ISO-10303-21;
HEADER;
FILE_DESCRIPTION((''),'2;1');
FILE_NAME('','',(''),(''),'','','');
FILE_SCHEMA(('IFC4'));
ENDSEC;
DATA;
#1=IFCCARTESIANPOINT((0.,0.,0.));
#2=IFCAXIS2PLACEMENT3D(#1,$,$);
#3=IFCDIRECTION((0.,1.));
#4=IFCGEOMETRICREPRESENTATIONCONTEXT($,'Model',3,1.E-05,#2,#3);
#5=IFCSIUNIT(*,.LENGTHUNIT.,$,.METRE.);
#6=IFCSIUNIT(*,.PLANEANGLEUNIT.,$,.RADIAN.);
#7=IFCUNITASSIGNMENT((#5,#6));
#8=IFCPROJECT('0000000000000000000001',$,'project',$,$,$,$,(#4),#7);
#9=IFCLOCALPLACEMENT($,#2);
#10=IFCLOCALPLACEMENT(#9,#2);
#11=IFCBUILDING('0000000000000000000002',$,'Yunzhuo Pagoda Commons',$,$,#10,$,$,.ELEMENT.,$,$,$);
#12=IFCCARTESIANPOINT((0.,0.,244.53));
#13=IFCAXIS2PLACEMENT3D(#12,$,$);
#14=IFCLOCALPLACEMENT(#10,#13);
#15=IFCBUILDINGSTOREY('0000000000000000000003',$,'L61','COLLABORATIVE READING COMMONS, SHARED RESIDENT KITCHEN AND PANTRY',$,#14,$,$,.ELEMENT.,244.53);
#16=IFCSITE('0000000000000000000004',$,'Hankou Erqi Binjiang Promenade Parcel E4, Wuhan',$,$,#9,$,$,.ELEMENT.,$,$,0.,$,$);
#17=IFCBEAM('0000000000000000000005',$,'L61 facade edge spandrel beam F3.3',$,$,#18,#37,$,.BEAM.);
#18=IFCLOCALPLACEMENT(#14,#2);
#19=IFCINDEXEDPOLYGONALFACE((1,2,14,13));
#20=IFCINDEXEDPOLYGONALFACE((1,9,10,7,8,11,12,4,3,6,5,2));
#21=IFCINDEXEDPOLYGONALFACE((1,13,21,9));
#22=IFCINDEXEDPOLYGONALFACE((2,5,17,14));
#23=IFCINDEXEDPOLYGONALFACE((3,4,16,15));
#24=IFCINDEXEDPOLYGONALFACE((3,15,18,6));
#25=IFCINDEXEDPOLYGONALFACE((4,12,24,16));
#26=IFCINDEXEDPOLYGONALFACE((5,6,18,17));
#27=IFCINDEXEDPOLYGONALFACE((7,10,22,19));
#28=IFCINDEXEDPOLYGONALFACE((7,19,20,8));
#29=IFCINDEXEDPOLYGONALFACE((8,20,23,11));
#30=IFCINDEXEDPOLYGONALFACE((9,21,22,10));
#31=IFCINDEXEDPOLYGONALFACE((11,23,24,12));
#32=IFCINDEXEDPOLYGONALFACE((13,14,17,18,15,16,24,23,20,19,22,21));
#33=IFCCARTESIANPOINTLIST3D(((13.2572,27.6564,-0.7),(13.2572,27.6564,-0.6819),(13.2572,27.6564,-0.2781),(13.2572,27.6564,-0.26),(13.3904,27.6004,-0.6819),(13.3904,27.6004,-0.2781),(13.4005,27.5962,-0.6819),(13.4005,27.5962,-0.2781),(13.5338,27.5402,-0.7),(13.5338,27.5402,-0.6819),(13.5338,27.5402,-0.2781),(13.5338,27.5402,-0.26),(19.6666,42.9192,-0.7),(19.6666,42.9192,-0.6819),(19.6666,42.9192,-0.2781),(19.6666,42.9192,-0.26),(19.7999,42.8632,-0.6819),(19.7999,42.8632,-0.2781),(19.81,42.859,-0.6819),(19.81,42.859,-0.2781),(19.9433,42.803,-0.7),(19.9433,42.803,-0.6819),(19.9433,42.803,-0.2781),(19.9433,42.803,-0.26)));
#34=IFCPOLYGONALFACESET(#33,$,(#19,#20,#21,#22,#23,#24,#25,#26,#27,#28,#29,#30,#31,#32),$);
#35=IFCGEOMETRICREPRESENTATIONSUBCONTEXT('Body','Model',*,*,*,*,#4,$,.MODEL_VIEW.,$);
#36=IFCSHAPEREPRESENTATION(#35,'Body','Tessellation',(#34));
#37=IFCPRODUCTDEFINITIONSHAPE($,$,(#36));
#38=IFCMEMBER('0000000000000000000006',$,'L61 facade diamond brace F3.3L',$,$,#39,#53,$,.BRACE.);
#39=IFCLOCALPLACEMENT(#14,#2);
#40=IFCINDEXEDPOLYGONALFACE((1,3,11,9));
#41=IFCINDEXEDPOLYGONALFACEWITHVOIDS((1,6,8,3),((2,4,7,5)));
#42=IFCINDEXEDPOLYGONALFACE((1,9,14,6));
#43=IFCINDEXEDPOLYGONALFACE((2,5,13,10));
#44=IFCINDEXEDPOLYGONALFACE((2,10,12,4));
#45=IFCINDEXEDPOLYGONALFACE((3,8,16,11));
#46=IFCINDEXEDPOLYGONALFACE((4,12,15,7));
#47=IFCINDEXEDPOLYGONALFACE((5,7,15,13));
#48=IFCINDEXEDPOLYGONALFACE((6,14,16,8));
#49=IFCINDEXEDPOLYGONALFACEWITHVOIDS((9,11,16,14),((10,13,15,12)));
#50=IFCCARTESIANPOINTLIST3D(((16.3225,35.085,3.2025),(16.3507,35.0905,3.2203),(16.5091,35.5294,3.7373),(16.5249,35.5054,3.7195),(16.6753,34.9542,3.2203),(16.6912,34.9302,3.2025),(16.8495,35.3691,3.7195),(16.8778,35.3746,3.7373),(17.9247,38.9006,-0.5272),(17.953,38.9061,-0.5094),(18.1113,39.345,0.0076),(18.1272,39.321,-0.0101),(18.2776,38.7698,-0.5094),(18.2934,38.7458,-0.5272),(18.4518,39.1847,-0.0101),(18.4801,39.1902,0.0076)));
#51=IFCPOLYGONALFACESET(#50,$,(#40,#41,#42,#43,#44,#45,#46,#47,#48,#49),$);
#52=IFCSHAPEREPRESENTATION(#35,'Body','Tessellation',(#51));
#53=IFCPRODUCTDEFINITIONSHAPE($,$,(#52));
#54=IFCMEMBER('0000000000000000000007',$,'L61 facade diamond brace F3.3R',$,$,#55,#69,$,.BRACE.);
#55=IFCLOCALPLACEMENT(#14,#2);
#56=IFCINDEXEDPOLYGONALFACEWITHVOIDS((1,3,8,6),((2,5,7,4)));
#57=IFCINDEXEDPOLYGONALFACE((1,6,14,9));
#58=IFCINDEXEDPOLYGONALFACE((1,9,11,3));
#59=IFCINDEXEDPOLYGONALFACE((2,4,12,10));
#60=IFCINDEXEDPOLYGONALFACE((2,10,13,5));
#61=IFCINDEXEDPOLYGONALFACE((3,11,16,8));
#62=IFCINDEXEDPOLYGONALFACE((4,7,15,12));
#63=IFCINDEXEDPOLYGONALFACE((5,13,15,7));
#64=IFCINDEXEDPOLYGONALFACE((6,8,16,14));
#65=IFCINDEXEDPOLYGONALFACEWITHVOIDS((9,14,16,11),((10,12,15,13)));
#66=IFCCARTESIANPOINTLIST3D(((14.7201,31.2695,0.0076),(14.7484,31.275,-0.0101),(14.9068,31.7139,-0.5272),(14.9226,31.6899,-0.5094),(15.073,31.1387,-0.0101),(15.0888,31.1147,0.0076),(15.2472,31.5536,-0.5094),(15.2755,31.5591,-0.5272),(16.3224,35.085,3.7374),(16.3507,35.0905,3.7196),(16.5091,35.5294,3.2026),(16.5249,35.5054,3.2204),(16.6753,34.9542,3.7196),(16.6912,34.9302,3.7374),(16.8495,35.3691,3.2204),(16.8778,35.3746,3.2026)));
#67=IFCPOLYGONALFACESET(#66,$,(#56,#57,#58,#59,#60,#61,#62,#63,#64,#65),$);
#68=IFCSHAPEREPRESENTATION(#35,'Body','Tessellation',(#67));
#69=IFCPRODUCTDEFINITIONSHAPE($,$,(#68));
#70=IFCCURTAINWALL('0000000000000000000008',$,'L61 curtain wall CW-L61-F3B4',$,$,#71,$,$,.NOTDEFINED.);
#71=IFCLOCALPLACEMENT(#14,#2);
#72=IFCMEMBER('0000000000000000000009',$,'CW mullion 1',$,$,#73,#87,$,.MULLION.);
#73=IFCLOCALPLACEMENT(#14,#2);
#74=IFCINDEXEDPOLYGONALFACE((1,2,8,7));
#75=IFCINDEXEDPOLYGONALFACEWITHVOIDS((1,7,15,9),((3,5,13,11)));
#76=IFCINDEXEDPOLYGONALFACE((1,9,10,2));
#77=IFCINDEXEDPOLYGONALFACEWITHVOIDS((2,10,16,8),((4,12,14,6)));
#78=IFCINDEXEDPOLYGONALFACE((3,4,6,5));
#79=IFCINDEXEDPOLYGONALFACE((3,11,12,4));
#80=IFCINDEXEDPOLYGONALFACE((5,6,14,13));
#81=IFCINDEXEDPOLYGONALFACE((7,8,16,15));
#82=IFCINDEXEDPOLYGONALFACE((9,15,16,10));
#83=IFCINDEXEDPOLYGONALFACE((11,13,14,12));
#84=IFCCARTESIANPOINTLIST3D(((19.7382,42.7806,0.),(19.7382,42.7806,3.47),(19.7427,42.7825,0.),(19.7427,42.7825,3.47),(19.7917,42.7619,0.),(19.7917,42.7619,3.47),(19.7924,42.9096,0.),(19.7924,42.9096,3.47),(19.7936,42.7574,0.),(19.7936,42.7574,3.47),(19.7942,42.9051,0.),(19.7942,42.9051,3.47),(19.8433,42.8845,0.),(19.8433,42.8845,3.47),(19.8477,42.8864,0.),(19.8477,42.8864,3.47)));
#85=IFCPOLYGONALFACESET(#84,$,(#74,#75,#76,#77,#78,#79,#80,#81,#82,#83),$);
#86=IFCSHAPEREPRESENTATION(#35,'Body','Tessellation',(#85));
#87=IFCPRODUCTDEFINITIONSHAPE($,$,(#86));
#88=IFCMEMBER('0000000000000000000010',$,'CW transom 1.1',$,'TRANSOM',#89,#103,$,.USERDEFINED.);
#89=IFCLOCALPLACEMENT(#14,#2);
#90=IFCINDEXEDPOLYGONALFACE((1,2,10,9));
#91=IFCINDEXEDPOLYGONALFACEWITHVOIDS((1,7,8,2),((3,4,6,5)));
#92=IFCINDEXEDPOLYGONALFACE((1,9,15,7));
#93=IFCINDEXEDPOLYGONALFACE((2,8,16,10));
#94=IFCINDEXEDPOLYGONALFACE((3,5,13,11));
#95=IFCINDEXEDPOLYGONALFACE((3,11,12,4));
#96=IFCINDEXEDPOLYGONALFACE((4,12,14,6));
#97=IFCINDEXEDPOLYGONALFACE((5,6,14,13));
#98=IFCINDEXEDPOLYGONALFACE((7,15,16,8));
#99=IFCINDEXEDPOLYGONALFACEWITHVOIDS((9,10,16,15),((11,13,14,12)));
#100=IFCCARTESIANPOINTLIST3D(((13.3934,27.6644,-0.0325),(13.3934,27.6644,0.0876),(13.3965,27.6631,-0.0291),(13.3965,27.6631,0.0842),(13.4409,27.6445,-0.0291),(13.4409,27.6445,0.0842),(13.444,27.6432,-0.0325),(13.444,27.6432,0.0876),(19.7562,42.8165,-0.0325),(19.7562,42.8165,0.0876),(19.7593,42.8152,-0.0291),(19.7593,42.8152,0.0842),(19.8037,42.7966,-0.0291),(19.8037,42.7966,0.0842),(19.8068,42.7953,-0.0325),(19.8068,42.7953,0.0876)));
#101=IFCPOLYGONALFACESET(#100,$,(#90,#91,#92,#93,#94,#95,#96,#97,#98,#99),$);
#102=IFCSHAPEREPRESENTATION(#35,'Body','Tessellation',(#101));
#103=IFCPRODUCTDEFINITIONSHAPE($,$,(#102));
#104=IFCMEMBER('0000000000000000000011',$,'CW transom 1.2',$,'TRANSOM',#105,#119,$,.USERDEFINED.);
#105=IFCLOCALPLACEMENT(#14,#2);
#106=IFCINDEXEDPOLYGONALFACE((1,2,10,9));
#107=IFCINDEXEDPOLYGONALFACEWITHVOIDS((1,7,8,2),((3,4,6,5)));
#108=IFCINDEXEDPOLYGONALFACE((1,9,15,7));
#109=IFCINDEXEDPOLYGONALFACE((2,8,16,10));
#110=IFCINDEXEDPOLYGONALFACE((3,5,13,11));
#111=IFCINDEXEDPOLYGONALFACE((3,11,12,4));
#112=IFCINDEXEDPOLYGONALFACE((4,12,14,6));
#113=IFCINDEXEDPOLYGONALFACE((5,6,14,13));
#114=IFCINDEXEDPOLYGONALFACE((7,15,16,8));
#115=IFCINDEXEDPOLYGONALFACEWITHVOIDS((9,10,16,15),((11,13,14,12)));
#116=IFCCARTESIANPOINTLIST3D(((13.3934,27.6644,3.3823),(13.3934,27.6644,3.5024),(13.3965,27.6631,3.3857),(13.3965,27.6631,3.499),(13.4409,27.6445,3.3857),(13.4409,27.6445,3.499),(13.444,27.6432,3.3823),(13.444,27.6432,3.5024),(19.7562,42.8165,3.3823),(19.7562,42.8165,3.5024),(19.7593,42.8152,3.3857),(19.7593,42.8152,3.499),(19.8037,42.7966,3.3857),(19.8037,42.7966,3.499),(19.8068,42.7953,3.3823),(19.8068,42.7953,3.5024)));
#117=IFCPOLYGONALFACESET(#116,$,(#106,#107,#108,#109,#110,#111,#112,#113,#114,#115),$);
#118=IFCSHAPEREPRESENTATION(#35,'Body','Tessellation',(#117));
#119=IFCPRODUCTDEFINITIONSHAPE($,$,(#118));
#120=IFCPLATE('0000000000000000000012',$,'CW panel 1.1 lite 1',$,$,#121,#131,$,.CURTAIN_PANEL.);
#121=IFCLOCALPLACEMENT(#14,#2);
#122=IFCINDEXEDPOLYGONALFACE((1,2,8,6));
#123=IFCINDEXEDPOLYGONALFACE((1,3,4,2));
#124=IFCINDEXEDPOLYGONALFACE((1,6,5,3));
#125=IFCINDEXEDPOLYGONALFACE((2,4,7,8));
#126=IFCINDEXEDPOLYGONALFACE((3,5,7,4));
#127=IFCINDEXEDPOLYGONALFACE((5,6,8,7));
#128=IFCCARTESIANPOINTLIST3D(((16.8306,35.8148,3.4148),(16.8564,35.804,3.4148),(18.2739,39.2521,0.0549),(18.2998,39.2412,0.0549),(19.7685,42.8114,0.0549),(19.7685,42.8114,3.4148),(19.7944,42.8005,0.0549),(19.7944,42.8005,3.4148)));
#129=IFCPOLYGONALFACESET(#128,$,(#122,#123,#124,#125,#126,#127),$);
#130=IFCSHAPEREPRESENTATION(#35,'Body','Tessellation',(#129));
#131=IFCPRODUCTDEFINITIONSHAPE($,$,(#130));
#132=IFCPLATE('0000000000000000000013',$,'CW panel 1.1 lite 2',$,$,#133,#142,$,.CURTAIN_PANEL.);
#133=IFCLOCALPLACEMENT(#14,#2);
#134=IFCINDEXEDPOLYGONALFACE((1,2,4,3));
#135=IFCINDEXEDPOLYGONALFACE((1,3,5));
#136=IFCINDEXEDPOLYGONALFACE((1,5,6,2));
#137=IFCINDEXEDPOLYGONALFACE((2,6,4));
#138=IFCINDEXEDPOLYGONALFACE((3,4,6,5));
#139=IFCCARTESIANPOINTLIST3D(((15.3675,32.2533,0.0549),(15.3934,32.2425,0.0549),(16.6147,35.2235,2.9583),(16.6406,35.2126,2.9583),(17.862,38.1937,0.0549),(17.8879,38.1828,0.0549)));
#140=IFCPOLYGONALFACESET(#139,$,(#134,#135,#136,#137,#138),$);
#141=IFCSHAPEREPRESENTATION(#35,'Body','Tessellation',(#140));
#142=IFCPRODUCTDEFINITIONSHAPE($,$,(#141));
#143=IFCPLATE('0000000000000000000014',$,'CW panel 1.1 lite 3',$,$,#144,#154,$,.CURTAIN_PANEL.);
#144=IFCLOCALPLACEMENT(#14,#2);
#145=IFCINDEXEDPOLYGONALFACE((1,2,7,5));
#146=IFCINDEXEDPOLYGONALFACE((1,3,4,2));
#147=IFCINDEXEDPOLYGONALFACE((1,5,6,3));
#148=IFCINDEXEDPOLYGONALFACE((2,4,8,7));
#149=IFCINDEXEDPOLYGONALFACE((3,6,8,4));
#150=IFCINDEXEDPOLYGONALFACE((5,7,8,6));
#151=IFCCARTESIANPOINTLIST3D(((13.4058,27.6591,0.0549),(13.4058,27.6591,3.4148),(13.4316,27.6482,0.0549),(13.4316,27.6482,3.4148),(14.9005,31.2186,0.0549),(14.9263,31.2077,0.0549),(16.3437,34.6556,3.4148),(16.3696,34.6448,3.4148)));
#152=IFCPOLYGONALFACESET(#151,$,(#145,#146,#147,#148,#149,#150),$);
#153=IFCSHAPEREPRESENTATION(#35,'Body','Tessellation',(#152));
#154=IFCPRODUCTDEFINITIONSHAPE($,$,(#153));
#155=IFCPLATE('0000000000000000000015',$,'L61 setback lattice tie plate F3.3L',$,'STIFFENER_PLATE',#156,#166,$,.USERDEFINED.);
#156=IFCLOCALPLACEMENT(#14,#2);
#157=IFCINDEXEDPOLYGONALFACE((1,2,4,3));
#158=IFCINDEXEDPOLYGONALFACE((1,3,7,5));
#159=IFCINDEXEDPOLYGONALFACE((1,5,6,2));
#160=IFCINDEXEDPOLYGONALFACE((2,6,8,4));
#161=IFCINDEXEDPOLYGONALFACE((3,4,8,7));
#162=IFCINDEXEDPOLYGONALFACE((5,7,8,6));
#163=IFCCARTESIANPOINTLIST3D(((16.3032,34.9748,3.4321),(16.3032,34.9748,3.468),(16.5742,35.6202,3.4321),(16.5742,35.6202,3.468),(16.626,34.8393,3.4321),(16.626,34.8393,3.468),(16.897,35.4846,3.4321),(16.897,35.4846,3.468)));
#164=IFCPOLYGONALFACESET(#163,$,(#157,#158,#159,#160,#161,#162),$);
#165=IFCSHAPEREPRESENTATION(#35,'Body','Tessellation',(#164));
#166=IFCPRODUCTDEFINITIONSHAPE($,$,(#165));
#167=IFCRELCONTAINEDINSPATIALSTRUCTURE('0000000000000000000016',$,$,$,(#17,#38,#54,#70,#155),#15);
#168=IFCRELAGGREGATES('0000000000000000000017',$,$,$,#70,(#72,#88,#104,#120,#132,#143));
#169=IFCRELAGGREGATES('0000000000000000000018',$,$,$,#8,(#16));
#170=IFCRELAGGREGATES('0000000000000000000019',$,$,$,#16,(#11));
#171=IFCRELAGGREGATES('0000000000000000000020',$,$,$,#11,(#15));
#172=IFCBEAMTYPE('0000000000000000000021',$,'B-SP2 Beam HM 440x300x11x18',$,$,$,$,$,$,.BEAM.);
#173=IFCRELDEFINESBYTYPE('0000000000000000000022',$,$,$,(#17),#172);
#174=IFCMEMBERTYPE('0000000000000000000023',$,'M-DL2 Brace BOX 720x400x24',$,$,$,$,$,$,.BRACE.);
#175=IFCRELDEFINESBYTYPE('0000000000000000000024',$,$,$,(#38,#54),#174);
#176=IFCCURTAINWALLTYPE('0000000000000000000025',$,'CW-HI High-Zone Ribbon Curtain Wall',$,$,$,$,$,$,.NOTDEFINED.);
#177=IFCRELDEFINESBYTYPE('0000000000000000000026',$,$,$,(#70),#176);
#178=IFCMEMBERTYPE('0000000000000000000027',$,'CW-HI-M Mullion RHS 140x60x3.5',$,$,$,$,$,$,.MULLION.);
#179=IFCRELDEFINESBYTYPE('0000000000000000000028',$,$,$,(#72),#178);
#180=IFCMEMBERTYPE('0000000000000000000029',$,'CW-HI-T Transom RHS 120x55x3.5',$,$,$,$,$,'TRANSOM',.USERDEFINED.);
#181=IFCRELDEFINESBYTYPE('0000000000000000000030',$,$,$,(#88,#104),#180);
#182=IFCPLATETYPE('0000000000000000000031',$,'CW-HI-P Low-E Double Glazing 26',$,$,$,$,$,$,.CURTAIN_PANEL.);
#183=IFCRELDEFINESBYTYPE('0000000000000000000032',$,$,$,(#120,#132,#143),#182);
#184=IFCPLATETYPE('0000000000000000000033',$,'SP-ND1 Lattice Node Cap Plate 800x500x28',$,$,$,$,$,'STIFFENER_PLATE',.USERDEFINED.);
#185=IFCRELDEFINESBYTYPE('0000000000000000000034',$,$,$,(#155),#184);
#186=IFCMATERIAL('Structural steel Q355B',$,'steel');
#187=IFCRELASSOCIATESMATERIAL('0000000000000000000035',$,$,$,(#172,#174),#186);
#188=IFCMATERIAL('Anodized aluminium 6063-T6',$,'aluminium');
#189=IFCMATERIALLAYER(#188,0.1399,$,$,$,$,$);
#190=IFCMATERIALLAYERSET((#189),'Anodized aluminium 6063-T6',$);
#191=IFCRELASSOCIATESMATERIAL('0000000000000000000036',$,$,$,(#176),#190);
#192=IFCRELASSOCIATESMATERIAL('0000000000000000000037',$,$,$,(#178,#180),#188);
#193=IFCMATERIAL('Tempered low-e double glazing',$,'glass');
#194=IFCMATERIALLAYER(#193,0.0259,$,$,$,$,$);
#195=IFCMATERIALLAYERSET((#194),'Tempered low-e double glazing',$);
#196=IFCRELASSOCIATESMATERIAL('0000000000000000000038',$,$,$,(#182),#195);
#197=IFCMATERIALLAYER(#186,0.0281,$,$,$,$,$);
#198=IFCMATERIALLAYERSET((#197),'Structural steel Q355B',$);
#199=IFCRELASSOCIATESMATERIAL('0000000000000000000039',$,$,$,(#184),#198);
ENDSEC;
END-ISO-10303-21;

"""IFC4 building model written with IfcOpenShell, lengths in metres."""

from ifc_helpers import new_model, si_unit, direction, frame, origin, origin_2d, place, context, subcontext, project, spatial, polyline, rectangle, hollow_rectangle, i_section, outline, extrude, source, transform, mapped, material, layer, layer_set, material_profile, profile_set, type_object, element, aggregate, save


model = new_model("IFC4")

# Units and contexts
model_context = context("Model", 3, precision=1e-05, world=origin(), true_north=direction((0.0, 1.0)))
body_context = subcontext(model_context, "Body", "Model", "MODEL_VIEW")
ifc_project = project(units=[si_unit("LENGTHUNIT", "METRE"), si_unit("PLANEANGLEUNIT", "RADIAN")], contexts=[model_context])

# Site, building, storey
site_placement = place(None, origin())
site = spatial("IfcSite", under=ifc_project, at=site_placement, Name="Hankou Erqi Binjiang Promenade Parcel E4, Wuhan", CompositionType="ELEMENT", RefElevation=0.0)
building_placement = place(site_placement, origin())
building = spatial("IfcBuilding", under=site, at=building_placement, Name="Yunzhuo Pagoda Commons", CompositionType="ELEMENT")
storey_placement = place(building_placement, frame((0.0, 0.0, 244.53)))
storey = spatial("IfcBuildingStorey", under=building, at=storey_placement, Name="L61", Description="COLLABORATIVE READING COMMONS, SHARED RESIDENT KITCHEN AND PANTRY", CompositionType="ELEMENT", Elevation=244.53)

# Shared definitions
ifc_material_1 = material(Name="Structural steel Q355B", Category="steel")

# Beam
ifc_material_profile_1 = material_profile(ifc_material_1, i_section(OverallWidth=0.3, OverallDepth=0.4399, WebThickness=0.011, FlangeThickness=0.0181, at=origin_2d()), Name="Structural steel Q355B")
ifc_profile_set_1 = profile_set([ifc_material_profile_1], Name="Structural steel Q355B")
beam_type_1 = type_object("IfcBeamType", Name="B-SP2 Beam HM 440x300x11x18", PredefinedType="BEAM", material=ifc_profile_set_1)
shared_shape_1 = source(origin(), body_context, "Body", "SweptSolid", [
    extrude(i_section(OverallWidth=0.3, OverallDepth=0.4399, WebThickness=0.011, FlangeThickness=0.0181, at=origin_2d()), origin(), (0.0, 0.0, 1.0), 16.554),
])
beam_1_placement = place(storey_placement, frame((19.8049, 42.8611, -0.48), z_axis=(-0.387186, -0.922002, 0.0), x_axis=(0.922002, -0.387186, 0.0)))
element("IfcBeam", 1, at=beam_1_placement, inside=storey, type_object=beam_type_1, Name="L61 facade edge spandrel beam F3.3", PredefinedType="BEAM", context=body_context, shape_type="MappedRepresentation", body=[
    mapped(shared_shape_1, transform((0.0, 0.0, 0.0), scale=1.0)),
])

# Members
ifc_material_profile_2 = material_profile(ifc_material_1, hollow_rectangle(XDim=0.3999, YDim=0.72, WallThickness=0.0239, at=origin_2d()), Name="Structural steel Q355B")
ifc_profile_set_2 = profile_set([ifc_material_profile_2], Name="Structural steel Q355B")
member_type_1 = type_object("IfcMemberType", Name="M-DL2 Brace BOX 720x400x24", PredefinedType="BRACE", material=ifc_profile_set_2)
shared_shape_2 = source(origin(), body_context, "Body", "SweptSolid", [
    extrude(hollow_rectangle(XDim=0.3999, YDim=0.72, WallThickness=0.0239, at=origin_2d()), origin(), (0.0, 0.0, 1.0), 5.571),
])
for number, where, z_axis, x_axis, name in (
    (2, (18.2024, 39.0454, -0.2598), (-0.287606, -0.684899, 0.669474), (0.922007, -0.387173, 0.0), "L61 facade diamond brace F3.3L"),
    (3, (14.9978, 31.4143, -0.2598), (0.287615, 0.684876, 0.669494), (-0.921998, 0.387194, 0.0), "L61 facade diamond brace F3.3R"),
):
    element("IfcMember", number, at=place(storey_placement, frame(where, z_axis=z_axis, x_axis=x_axis)), inside=storey, type_object=member_type_1, Name=name, PredefinedType="BRACE", context=body_context, shape_type="MappedRepresentation", body=[
        mapped(shared_shape_2, transform((0.0, 0.0, 0.0), scale=1.0)),
    ])

# Curtain wall, members, plates
ifc_material_2 = material(Name="Anodized aluminium 6063-T6", Category="aluminium")
ifc_layer_1 = layer(ifc_material_2, 0.1399)
ifc_layer_set_1 = layer_set([ifc_layer_1], Name="Anodized aluminium 6063-T6")
curtain_wall_type = type_object("IfcCurtainWallType", Name="CW-HI High-Zone Ribbon Curtain Wall", PredefinedType="NOTDEFINED", material=ifc_layer_set_1)
curtain_wall_placement = place(storey_placement, origin())
curtain_wall = element("IfcCurtainWall", 4, at=curtain_wall_placement, inside=storey, type_object=curtain_wall_type, Name="L61 curtain wall CW-L61-F3B4", PredefinedType="NOTDEFINED")
ifc_material_profile_3 = material_profile(ifc_material_2, hollow_rectangle(XDim=0.0601, YDim=0.1399, WallThickness=0.0034, at=origin_2d()), Name="Anodized aluminium 6063-T6")
ifc_profile_set_3 = profile_set([ifc_material_profile_3], Name="Anodized aluminium 6063-T6")
member_type_2 = type_object("IfcMemberType", Name="CW-HI-M Mullion RHS 140x60x3.5", PredefinedType="MULLION", material=ifc_profile_set_3)
shared_shape_3 = source(origin(), body_context, "Body", "SweptSolid", [
    extrude(hollow_rectangle(XDim=0.0601, YDim=0.1399, WallThickness=0.0034, at=origin_2d()), origin(), (0.0, 0.0, 1.0), 3.47),
])
member_1_placement = place(storey_placement, frame((19.793, 42.8335, 0.0), z_axis=(0.0, 0.0, 1.0), x_axis=(0.922008, -0.38717, 0.0)))
member_1 = element("IfcMember", 5, at=member_1_placement, type_object=member_type_2, Name="CW mullion 1", PredefinedType="MULLION", context=body_context, shape_type="MappedRepresentation", body=[
    mapped(shared_shape_3, transform((0.0, 0.0, 0.0), scale=1.0)),
])
ifc_material_profile_4 = material_profile(ifc_material_2, hollow_rectangle(XDim=0.0549, YDim=0.1201, WallThickness=0.0034, at=origin_2d()), Name="Anodized aluminium 6063-T6")
ifc_profile_set_4 = profile_set([ifc_material_profile_4], Name="Anodized aluminium 6063-T6")
member_type_3 = type_object("IfcMemberType", Name="CW-HI-T Transom RHS 120x55x3.5", ElementType="TRANSOM", PredefinedType="USERDEFINED", material=ifc_profile_set_4)
shared_shape_4 = source(origin(), body_context, "Body", "SweptSolid", [
    extrude(hollow_rectangle(XDim=0.0549, YDim=0.1201, WallThickness=0.0034, at=origin_2d()), origin(), (0.0, 0.0, 1.0), 16.4338),
])
member_2_placement = place(storey_placement, frame((19.7815, 42.8059, 0.0276), z_axis=(-0.387176, -0.922006, 0.0), x_axis=(0.922006, -0.387176, 0.0)))
member_2 = element("IfcMember", 6, at=member_2_placement, type_object=member_type_3, Name="CW transom 1.1", ObjectType="TRANSOM", PredefinedType="USERDEFINED", context=body_context, shape_type="MappedRepresentation", body=[
    mapped(shared_shape_4, transform((0.0, 0.0, 0.0), scale=1.0)),
])
member_3_placement = place(storey_placement, frame((19.7815, 42.8059, 3.4424), z_axis=(-0.387176, -0.922006, 0.0), x_axis=(0.922006, -0.387176, 0.0)))
member_3 = element("IfcMember", 7, at=member_3_placement, type_object=member_type_3, Name="CW transom 1.2", ObjectType="TRANSOM", PredefinedType="USERDEFINED", context=body_context, shape_type="MappedRepresentation", body=[
    mapped(shared_shape_4, transform((0.0, 0.0, 0.0), scale=1.0)),
])
ifc_material_3 = material(Name="Tempered low-e double glazing", Category="glass")
ifc_layer_2 = layer(ifc_material_3, 0.0259)
ifc_layer_set_2 = layer_set([ifc_layer_2], Name="Tempered low-e double glazing")
plate_type_1 = type_object("IfcPlateType", Name="CW-HI-P Low-E Double Glazing 26", PredefinedType="CURTAIN_PANEL", material=ifc_layer_set_2)
plate_1_placement = place(storey_placement, frame((18.3254, 39.3022, 1.7349), z_axis=(-0.922008, 0.38717, 0.0), x_axis=(-0.38717, -0.922008, 0.0)))
plate_1 = element("IfcPlate", 8, at=plate_1_placement, type_object=plate_type_1, Name="CW panel 1.1 lite 1", PredefinedType="CURTAIN_PANEL", context=body_context, shape_type="SweptSolid", body=[
    extrude(outline(polyline([(-3.7942, -1.6799), (0.0662, -1.6799), (3.7942, 1.6799), (-3.7942, 1.6799), (-3.7942, -1.6799)])), origin(), (0.0, 0.0, 1.0), 0.0281),
])
plate_2_placement = place(storey_placement, frame((16.6406, 35.2126, 1.5066), z_axis=(-0.922008, 0.38717, 0.0), x_axis=(-0.38717, -0.922008, 0.0)))
plate_2 = element("IfcPlate", 9, at=plate_2_placement, type_object=plate_type_1, Name="CW panel 1.1 lite 2", PredefinedType="CURTAIN_PANEL", context=body_context, shape_type="SweptSolid", body=[
    extrude(outline(polyline([(-3.2214, -1.4517), (3.2214, -1.4517), (0.0, 1.4517), (-3.2214, -1.4517)])), origin(), (0.0, 0.0, 1.0), 0.0281),
])
plate_3_placement = place(storey_placement, frame((14.9006, 31.1465, 1.7349), z_axis=(-0.922008, 0.38717, 0.0), x_axis=(-0.38717, -0.922008, 0.0)))
plate_3 = element("IfcPlate", 10, at=plate_3_placement, type_object=plate_type_1, Name="CW panel 1.1 lite 3", PredefinedType="CURTAIN_PANEL", context=body_context, shape_type="SweptSolid", body=[
    extrude(outline(polyline([(-3.7942, 1.6799), (-0.0664, -1.6799), (3.7942, -1.6799), (3.7942, 1.6799), (-3.7942, 1.6799)])), origin(), (0.0, 0.0, 1.0), 0.0281),
])
aggregate(curtain_wall, [member_1, member_2, member_3, plate_1, plate_2, plate_3])

# Plate
ifc_layer_3 = layer(ifc_material_1, 0.0281)
ifc_layer_set_3 = layer_set([ifc_layer_3], Name="Structural steel Q355B")
plate_type_2 = type_object("IfcPlateType", Name="SP-ND1 Lattice Node Cap Plate 800x500x28", ElementType="STIFFENER_PLATE", PredefinedType="USERDEFINED", material=ifc_layer_set_3)
shared_shape_5 = source(origin(), body_context, "Body", "SweptSolid", [
    extrude(rectangle(XDim=0.7, YDim=0.3501, at=origin_2d()), origin(), (0.0, 0.0, 1.0), 0.0359),
])
plate_4_placement = place(storey_placement, frame((16.6001, 35.2297, 3.4321), z_axis=(0.0, 0.0, 1.0), x_axis=(-0.387178, -0.922005, 0.0)))
element("IfcPlate", 11, at=plate_4_placement, inside=storey, type_object=plate_type_2, Name="L61 setback lattice tie plate F3.3L", ObjectType="STIFFENER_PLATE", PredefinedType="USERDEFINED", context=body_context, shape_type="MappedRepresentation", body=[
    mapped(shared_shape_5, transform((0.0, 0.0, 0.0), scale=1.0)),
])

save(model, "model.ifc")
